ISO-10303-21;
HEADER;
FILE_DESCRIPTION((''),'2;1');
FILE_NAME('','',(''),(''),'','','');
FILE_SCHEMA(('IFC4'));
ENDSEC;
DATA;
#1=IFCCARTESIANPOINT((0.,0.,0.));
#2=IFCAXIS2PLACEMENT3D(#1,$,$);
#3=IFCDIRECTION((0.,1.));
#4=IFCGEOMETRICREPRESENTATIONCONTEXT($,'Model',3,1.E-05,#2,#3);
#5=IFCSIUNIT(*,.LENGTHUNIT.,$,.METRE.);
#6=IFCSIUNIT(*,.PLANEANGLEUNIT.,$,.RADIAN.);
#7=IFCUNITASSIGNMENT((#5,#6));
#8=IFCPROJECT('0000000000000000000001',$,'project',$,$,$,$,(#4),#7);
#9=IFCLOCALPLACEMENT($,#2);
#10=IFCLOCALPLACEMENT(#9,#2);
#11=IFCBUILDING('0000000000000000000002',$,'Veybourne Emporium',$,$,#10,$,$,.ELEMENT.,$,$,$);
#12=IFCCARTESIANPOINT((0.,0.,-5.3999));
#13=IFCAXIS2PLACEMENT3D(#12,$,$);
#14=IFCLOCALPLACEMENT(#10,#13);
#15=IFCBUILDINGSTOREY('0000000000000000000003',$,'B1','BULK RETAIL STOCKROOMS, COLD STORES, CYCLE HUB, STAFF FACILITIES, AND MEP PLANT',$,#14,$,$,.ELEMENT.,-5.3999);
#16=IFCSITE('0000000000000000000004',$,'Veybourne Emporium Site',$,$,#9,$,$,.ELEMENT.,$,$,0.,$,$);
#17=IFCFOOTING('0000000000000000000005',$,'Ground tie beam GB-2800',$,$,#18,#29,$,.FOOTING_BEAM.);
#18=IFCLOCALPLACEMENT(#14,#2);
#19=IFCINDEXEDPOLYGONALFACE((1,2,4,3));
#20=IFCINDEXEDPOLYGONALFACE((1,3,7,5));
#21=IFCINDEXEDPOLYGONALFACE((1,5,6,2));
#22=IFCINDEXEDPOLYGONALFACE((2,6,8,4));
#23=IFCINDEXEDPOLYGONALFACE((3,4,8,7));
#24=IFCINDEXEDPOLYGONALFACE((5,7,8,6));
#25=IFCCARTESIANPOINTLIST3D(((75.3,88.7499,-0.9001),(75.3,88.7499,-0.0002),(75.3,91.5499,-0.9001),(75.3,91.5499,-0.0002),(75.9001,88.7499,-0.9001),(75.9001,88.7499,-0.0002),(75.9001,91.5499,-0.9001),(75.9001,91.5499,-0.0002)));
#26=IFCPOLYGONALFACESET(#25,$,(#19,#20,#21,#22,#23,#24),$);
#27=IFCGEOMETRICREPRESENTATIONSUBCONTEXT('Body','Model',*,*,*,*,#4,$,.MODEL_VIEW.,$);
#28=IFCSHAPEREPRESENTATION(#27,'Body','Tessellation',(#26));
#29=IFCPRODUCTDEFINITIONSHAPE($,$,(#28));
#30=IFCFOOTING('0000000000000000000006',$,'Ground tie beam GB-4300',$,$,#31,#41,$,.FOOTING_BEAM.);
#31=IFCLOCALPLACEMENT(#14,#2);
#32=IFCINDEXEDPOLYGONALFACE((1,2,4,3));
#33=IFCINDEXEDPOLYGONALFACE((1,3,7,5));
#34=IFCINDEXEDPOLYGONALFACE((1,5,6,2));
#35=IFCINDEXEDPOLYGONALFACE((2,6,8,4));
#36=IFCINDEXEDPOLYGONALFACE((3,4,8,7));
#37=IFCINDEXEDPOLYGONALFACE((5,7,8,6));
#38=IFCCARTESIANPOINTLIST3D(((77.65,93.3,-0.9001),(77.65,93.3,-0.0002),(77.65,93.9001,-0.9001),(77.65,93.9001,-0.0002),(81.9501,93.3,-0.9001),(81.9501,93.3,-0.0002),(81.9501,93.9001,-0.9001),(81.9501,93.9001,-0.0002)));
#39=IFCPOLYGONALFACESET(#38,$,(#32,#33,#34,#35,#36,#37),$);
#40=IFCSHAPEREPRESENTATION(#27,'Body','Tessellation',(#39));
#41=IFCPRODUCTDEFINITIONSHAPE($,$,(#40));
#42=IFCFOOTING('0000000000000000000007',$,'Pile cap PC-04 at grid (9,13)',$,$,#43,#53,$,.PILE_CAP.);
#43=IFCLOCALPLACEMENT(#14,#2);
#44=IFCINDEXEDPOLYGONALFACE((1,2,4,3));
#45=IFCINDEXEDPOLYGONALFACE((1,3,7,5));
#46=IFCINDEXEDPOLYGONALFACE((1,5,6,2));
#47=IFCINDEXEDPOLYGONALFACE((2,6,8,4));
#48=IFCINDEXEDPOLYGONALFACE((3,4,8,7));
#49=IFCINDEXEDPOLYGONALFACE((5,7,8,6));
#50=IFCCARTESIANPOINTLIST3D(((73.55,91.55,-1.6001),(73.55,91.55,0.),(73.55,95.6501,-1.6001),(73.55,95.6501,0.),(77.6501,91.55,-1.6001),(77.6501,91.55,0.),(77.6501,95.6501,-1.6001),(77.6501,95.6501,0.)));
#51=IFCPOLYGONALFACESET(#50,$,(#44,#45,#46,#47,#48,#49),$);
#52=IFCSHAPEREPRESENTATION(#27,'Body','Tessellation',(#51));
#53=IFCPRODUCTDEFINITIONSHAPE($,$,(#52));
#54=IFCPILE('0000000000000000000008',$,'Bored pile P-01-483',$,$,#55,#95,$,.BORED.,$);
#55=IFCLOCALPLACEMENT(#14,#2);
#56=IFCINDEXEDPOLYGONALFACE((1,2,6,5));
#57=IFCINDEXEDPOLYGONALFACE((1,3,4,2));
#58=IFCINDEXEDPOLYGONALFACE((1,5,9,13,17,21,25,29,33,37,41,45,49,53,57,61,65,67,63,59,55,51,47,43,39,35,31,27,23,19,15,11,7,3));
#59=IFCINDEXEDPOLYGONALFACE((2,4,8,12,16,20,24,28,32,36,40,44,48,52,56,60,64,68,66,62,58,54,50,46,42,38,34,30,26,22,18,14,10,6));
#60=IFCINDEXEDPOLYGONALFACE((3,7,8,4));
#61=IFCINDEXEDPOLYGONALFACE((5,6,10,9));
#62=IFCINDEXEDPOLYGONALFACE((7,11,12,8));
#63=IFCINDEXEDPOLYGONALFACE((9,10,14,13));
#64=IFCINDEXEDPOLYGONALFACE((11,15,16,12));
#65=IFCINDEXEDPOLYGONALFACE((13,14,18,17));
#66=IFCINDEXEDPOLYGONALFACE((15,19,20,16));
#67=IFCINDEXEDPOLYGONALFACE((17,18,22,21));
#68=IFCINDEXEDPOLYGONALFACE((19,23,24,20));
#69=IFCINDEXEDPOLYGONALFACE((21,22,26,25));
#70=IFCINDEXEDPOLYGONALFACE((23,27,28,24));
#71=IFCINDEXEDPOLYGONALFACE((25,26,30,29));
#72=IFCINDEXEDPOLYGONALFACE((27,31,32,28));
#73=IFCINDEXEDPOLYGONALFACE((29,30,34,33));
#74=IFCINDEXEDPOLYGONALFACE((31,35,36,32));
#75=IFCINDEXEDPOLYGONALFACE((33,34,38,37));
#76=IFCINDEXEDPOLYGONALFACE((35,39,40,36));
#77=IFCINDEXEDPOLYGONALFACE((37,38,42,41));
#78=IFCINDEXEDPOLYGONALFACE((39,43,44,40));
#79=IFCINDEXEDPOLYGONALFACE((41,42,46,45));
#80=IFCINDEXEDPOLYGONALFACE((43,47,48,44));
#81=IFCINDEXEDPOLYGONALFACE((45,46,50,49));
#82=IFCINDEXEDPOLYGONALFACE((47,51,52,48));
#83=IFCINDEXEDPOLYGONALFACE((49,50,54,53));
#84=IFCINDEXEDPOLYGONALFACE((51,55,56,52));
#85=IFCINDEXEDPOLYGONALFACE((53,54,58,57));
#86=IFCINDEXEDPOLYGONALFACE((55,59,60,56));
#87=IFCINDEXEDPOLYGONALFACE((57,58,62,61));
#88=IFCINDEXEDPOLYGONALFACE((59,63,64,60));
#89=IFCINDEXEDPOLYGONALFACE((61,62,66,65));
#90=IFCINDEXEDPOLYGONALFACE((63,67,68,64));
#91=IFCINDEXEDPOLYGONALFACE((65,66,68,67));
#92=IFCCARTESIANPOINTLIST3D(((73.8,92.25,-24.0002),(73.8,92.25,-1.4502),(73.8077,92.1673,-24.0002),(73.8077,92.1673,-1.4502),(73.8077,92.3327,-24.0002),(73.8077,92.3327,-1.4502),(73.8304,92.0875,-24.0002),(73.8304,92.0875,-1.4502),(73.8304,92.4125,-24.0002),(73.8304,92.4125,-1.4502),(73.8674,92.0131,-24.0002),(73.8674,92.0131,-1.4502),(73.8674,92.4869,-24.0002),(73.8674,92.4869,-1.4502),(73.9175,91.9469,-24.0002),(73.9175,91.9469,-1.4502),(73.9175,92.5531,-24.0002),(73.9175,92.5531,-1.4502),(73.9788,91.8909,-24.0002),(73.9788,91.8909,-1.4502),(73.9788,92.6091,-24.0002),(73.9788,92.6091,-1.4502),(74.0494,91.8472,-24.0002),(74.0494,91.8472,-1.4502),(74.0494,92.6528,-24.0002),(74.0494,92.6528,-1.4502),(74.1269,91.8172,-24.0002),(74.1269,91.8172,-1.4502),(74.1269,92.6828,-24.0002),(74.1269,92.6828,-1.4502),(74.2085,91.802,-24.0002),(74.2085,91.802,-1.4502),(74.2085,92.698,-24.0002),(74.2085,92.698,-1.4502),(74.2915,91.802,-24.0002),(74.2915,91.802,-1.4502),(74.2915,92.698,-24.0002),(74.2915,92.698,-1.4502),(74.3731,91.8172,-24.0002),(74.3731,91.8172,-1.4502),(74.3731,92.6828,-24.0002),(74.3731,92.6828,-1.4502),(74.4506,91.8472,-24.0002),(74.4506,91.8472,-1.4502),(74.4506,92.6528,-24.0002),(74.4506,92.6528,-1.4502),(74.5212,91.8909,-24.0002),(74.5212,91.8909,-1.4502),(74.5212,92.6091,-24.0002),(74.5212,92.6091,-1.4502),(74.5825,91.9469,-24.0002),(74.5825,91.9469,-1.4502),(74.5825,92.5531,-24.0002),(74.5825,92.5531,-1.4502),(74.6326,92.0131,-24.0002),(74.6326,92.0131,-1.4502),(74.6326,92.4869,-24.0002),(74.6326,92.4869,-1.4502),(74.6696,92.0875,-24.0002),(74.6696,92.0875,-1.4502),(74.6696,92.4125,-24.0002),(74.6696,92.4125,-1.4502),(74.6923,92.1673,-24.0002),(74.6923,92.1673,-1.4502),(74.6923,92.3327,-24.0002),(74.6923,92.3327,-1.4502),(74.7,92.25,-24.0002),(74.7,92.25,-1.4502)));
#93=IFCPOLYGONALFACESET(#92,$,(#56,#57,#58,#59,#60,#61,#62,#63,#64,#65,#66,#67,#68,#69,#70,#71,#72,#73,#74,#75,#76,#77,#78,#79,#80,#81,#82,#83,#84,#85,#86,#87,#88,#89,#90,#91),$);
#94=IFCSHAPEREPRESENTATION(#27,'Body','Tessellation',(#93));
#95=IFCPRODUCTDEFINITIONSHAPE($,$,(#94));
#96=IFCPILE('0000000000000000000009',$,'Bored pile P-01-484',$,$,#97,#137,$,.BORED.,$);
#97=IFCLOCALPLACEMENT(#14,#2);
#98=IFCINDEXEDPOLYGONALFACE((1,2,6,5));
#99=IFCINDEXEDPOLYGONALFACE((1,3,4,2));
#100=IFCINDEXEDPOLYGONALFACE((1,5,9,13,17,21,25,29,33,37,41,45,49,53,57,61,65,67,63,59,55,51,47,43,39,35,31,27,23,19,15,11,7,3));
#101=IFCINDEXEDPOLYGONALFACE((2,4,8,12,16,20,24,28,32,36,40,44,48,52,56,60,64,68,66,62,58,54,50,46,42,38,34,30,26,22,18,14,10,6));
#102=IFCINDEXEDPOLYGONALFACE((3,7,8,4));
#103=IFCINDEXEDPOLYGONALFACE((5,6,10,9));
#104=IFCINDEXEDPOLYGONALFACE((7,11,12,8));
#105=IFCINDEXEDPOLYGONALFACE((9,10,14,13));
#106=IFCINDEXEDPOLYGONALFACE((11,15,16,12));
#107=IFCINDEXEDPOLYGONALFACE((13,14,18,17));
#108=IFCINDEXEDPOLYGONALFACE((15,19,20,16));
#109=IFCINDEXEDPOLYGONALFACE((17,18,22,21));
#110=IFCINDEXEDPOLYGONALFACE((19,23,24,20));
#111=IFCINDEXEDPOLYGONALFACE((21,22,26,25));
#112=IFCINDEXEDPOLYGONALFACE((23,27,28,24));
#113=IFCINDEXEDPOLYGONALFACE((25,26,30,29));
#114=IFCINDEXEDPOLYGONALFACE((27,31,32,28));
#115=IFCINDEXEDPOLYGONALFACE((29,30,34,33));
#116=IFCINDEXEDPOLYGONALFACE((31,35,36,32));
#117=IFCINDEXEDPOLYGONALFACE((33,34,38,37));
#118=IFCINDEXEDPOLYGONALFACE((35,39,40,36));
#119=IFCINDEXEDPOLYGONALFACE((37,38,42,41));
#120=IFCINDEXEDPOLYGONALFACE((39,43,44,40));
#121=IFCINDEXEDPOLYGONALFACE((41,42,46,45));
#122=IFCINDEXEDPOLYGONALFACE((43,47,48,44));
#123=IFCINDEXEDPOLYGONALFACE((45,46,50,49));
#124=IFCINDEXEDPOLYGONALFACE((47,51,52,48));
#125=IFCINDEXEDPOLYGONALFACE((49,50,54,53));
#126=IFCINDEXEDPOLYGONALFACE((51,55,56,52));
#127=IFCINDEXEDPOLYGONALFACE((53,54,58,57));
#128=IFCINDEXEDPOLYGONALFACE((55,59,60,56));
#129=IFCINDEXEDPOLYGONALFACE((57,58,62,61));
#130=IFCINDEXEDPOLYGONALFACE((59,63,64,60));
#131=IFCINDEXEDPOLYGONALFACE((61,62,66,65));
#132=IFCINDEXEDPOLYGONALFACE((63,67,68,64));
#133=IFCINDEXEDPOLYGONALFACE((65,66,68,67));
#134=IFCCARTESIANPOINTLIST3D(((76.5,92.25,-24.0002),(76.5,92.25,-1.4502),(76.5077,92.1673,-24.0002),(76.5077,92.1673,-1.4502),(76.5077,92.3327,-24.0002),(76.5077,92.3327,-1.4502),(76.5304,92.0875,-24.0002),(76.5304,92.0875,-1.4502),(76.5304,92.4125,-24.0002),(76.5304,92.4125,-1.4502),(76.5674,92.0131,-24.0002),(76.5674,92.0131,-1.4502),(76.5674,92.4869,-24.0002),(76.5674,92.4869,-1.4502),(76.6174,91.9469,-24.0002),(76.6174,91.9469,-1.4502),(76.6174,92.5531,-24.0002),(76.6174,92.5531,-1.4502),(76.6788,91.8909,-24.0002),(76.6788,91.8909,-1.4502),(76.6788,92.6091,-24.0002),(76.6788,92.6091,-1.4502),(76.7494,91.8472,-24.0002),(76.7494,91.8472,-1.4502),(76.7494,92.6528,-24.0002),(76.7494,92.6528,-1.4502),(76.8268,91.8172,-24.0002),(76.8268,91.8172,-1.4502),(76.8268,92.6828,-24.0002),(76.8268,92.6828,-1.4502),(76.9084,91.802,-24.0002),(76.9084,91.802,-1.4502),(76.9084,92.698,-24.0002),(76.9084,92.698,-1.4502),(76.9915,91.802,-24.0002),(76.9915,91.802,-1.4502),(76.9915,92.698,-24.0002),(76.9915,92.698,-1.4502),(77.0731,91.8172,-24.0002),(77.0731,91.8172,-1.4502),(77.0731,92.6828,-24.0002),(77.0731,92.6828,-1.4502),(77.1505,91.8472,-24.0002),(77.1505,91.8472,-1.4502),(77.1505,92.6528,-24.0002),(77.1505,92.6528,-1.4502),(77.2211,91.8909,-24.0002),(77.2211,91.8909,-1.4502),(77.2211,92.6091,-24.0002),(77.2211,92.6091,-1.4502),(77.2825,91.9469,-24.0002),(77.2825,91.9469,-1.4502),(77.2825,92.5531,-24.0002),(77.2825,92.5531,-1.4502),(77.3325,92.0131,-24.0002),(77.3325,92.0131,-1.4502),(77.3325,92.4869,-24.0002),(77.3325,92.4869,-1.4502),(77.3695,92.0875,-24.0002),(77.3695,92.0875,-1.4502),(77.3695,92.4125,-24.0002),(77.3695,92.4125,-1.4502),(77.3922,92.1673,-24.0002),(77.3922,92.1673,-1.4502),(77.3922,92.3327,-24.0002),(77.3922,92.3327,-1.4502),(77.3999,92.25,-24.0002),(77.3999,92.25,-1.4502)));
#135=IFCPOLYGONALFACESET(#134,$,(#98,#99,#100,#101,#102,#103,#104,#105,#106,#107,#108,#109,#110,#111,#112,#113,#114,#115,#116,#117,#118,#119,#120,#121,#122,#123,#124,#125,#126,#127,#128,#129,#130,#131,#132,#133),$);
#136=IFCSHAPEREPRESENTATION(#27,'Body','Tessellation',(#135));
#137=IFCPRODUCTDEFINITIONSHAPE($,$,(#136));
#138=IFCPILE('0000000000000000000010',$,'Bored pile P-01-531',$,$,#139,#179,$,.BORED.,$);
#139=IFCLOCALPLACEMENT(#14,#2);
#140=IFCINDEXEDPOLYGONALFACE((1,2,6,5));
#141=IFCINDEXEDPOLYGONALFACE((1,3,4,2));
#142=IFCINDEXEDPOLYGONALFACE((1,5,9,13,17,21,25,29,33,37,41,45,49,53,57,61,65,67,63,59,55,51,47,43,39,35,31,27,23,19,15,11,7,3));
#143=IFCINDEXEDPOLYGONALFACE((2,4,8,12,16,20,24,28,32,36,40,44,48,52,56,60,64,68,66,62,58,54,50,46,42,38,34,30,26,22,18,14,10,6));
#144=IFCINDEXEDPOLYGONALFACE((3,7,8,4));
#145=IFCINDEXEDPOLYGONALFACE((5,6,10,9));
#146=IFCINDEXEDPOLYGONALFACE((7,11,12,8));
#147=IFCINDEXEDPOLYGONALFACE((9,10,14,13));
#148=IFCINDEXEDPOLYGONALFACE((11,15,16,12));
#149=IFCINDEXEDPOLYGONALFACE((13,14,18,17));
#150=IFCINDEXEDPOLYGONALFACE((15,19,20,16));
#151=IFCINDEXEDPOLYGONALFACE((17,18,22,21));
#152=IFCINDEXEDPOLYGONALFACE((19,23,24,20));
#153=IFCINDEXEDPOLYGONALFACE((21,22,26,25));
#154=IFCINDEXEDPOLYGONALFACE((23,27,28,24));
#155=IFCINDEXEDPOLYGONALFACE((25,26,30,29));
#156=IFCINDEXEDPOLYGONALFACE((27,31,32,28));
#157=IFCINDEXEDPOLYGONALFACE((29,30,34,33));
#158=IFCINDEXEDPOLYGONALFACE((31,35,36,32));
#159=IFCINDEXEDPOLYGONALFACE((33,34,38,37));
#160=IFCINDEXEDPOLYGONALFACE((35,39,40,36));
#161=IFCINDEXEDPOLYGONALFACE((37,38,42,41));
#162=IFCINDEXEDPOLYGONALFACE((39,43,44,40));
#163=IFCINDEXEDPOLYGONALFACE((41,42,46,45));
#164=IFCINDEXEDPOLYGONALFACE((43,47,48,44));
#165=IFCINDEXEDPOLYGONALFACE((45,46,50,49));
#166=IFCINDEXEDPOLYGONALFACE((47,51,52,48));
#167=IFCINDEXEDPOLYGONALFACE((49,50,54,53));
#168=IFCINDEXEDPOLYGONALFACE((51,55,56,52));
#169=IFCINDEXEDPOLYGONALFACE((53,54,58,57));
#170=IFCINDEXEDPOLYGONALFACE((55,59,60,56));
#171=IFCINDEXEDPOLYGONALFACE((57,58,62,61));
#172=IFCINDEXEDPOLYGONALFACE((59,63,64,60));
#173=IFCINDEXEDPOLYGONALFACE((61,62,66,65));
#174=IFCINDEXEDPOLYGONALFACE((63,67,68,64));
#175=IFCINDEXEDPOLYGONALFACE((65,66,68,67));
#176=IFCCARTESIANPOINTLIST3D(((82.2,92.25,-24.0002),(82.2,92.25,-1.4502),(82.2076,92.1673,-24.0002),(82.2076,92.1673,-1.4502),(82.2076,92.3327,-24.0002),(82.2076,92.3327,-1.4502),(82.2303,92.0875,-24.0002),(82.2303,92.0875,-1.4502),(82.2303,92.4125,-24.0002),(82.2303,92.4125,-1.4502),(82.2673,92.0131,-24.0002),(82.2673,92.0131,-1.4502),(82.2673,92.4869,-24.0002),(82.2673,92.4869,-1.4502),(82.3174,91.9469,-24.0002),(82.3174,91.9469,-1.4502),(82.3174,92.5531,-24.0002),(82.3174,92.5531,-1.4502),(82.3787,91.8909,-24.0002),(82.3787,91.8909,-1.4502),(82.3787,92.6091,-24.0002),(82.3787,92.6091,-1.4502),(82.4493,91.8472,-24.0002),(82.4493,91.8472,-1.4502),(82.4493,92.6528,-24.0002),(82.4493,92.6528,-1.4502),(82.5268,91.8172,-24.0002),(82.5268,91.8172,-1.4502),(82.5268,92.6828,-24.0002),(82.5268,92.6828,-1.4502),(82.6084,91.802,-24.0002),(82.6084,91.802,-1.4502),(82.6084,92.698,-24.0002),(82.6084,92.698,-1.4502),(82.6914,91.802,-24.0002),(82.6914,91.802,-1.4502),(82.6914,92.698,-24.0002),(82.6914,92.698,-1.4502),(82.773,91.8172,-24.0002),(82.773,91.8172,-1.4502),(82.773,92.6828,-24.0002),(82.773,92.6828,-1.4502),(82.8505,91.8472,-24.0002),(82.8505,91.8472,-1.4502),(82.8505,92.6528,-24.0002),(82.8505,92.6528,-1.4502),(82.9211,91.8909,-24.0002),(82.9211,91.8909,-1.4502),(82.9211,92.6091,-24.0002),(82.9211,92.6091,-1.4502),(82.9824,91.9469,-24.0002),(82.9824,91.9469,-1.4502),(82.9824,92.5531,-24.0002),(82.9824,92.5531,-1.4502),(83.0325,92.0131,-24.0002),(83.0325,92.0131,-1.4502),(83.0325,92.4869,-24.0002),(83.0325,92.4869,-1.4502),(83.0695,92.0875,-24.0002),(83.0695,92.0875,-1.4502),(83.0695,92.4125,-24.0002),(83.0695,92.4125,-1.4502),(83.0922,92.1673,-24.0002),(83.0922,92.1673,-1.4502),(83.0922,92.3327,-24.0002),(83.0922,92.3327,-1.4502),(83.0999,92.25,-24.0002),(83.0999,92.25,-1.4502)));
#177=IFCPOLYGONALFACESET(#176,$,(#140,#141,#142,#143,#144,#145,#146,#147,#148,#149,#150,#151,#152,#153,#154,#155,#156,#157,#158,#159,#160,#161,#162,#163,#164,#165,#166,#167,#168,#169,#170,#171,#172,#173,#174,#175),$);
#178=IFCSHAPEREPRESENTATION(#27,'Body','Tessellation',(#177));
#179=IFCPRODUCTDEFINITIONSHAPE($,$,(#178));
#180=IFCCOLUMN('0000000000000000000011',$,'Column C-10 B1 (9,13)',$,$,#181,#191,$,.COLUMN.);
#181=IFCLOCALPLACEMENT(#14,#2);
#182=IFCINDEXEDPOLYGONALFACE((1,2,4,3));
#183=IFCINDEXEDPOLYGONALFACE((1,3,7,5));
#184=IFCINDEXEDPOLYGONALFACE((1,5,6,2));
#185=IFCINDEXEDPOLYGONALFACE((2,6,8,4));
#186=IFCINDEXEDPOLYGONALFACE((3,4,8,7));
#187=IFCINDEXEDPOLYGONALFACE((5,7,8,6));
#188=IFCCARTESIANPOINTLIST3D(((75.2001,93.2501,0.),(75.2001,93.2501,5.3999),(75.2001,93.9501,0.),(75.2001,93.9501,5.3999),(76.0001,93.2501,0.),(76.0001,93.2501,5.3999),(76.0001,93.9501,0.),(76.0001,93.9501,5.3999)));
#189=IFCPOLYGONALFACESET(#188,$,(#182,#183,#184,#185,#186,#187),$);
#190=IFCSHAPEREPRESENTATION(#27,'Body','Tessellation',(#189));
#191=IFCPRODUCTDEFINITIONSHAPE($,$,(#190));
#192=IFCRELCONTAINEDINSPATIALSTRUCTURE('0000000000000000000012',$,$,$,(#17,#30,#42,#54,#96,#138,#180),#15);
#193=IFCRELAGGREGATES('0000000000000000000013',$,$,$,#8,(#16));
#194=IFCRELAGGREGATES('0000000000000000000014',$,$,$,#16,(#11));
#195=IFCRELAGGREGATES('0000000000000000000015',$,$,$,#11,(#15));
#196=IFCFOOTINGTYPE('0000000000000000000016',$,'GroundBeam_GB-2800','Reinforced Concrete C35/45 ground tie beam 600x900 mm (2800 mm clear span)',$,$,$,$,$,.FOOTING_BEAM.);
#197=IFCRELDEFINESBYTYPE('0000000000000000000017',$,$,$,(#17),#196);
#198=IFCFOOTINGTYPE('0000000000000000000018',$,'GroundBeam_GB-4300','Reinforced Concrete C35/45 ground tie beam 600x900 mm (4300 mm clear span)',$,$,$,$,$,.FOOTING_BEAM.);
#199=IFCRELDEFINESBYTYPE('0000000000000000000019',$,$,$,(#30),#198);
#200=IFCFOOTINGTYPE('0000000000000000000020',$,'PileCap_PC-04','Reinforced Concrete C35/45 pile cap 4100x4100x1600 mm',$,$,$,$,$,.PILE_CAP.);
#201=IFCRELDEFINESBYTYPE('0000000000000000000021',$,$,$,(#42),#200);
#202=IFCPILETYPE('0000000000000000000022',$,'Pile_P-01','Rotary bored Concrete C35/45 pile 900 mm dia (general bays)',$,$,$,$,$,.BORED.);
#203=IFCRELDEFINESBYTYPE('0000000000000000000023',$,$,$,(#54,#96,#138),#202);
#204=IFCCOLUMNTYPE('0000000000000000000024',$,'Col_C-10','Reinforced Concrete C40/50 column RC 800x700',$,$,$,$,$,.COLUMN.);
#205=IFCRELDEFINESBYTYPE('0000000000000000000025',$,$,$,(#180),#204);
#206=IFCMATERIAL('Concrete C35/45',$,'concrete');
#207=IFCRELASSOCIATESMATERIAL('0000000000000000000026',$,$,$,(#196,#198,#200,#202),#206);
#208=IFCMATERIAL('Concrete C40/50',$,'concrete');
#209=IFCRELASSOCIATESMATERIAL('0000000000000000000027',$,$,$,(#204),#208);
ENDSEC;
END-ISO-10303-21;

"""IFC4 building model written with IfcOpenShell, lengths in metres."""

from ifc_helpers import new_model, si_unit, direction, frame, origin, origin_2d, place, context, subcontext, project, spatial, rectangle, circle, extrude, material, material_profile, profile_set, type_object, element, save


model = new_model("IFC4")

# Units and contexts
model_context = context("Model", 3, precision=1e-05, world=origin(), true_north=direction((0.0, 1.0)))
body_context = subcontext(model_context, "Body", "Model", "MODEL_VIEW")
ifc_project = project(units=[si_unit("LENGTHUNIT", "METRE"), si_unit("PLANEANGLEUNIT", "RADIAN")], contexts=[model_context])

# Site, building, storey
site_placement = place(None, origin())
site = spatial("IfcSite", under=ifc_project, at=site_placement, Name="Veybourne Emporium Site", CompositionType="ELEMENT", RefElevation=0.0)
building_placement = place(site_placement, origin())
building = spatial("IfcBuilding", under=site, at=building_placement, Name="Veybourne Emporium", CompositionType="ELEMENT")
storey_placement = place(building_placement, frame((0.0, 0.0, -5.3999)))
storey = spatial("IfcBuildingStorey", under=building, at=storey_placement, Name="B1", Description="BULK RETAIL STOCKROOMS, COLD STORES, CYCLE HUB, STAFF FACILITIES, AND MEP PLANT", CompositionType="ELEMENT", Elevation=-5.3999)

# Footings
ifc_material_1 = material(Name="Concrete C35/45", Category="concrete")
footing_type_1 = type_object("IfcFootingType", Name="GroundBeam_GB-2800", Description="Reinforced Concrete C35/45 ground tie beam 600x900 mm (2800 mm clear span)", PredefinedType="FOOTING_BEAM", material=ifc_material_1)
footing_1_placement = place(storey_placement, frame((75.6001, 90.1499, -0.9001), z_axis=(0.0, 0.0, 1.0), x_axis=(0.0, 1.0, 0.0)))
element("IfcFooting", 1, at=footing_1_placement, inside=storey, type_object=footing_type_1, Name="Ground tie beam GB-2800", PredefinedType="FOOTING_BEAM", context=body_context, shape_type="SweptSolid", body=[
    extrude(rectangle(XDim=2.8, YDim=0.6001, at=origin_2d()), origin(), (0.0, 0.0, 1.0), 0.8999),
])
footing_type_2 = type_object("IfcFootingType", Name="GroundBeam_GB-4300", Description="Reinforced Concrete C35/45 ground tie beam 600x900 mm (4300 mm clear span)", PredefinedType="FOOTING_BEAM", material=ifc_material_1)
footing_2_placement = place(storey_placement, frame((79.8, 93.6001, -0.9001), z_axis=(0.0, 0.0, 1.0), x_axis=(1.0, 0.0, 0.0)))
element("IfcFooting", 2, at=footing_2_placement, inside=storey, type_object=footing_type_2, Name="Ground tie beam GB-4300", PredefinedType="FOOTING_BEAM", context=body_context, shape_type="SweptSolid", body=[
    extrude(rectangle(XDim=4.3, YDim=0.6001, at=origin_2d()), origin(), (0.0, 0.0, 1.0), 0.8999),
])
footing_type_3 = type_object("IfcFootingType", Name="PileCap_PC-04", Description="Reinforced Concrete C35/45 pile cap 4100x4100x1600 mm", PredefinedType="PILE_CAP", material=ifc_material_1)
footing_3_placement = place(storey_placement, frame((75.6001, 93.6001, -1.6001), z_axis=(0.0, 0.0, 1.0), x_axis=(1.0, 0.0, 0.0)))
element("IfcFooting", 3, at=footing_3_placement, inside=storey, type_object=footing_type_3, Name="Pile cap PC-04 at grid (9,13)", PredefinedType="PILE_CAP", context=body_context, shape_type="SweptSolid", body=[
    extrude(rectangle(XDim=4.1001, YDim=4.1001, at=origin_2d()), origin(), (0.0, 0.0, 1.0), 1.6001),
])

# Piles
ifc_material_profile_1 = material_profile(ifc_material_1, circle(Radius=0.45, at=origin_2d()), Name="BORED PILE 900")
ifc_profile_set_1 = profile_set([ifc_material_profile_1], Name="Concrete C35/45")
pile_type = type_object("IfcPileType", Name="Pile_P-01", Description="Rotary bored Concrete C35/45 pile 900 mm dia (general bays)", PredefinedType="BORED", material=ifc_profile_set_1)
for number, where, z_axis, x_axis, name in (
    (4, (74.25, 92.25, -1.4502), (0.0, 0.0, -1.0), (1.0, 0.0, 0.0), "Bored pile P-01-483"),
    (5, (76.95, 92.25, -1.4502), (0.0, 0.0, -1.0), (1.0, 0.0, 0.0), "Bored pile P-01-484"),
    (6, (82.6499, 92.25, -1.4502), (0.0, 0.0, -1.0), (1.0, 0.0, 0.0), "Bored pile P-01-531"),
):
    element("IfcPile", number, at=place(storey_placement, frame(where, z_axis=z_axis, x_axis=x_axis)), inside=storey, type_object=pile_type, Name=name, PredefinedType="BORED", context=body_context, shape_type="SweptSolid", body=[
        extrude(circle(Radius=0.45, at=origin_2d()), origin(), (0.0, 0.0, 1.0), 22.55),
    ])

# Column
ifc_material_2 = material(Name="Concrete C40/50", Category="concrete")
ifc_material_profile_2 = material_profile(ifc_material_2, rectangle(XDim=0.8, YDim=0.7, at=origin_2d()), Name="RC 800x700")
ifc_profile_set_2 = profile_set([ifc_material_profile_2], Name="Concrete C40/50")
column_type = type_object("IfcColumnType", Name="Col_C-10", Description="Reinforced Concrete C40/50 column RC 800x700", PredefinedType="COLUMN", material=ifc_profile_set_2)
column_placement = place(storey_placement, frame((75.6001, 93.6001, 0.0), z_axis=(0.0, 0.0, 1.0), x_axis=(1.0, 0.0, 0.0)))
element("IfcColumn", 7, at=column_placement, inside=storey, type_object=column_type, Name="Column C-10 B1 (9,13)", PredefinedType="COLUMN", context=body_context, shape_type="SweptSolid", body=[
    extrude(rectangle(XDim=0.8, YDim=0.7, at=origin_2d()), origin(), (0.0, 0.0, 1.0), 5.3999),
])

save(model, "model.ifc")
